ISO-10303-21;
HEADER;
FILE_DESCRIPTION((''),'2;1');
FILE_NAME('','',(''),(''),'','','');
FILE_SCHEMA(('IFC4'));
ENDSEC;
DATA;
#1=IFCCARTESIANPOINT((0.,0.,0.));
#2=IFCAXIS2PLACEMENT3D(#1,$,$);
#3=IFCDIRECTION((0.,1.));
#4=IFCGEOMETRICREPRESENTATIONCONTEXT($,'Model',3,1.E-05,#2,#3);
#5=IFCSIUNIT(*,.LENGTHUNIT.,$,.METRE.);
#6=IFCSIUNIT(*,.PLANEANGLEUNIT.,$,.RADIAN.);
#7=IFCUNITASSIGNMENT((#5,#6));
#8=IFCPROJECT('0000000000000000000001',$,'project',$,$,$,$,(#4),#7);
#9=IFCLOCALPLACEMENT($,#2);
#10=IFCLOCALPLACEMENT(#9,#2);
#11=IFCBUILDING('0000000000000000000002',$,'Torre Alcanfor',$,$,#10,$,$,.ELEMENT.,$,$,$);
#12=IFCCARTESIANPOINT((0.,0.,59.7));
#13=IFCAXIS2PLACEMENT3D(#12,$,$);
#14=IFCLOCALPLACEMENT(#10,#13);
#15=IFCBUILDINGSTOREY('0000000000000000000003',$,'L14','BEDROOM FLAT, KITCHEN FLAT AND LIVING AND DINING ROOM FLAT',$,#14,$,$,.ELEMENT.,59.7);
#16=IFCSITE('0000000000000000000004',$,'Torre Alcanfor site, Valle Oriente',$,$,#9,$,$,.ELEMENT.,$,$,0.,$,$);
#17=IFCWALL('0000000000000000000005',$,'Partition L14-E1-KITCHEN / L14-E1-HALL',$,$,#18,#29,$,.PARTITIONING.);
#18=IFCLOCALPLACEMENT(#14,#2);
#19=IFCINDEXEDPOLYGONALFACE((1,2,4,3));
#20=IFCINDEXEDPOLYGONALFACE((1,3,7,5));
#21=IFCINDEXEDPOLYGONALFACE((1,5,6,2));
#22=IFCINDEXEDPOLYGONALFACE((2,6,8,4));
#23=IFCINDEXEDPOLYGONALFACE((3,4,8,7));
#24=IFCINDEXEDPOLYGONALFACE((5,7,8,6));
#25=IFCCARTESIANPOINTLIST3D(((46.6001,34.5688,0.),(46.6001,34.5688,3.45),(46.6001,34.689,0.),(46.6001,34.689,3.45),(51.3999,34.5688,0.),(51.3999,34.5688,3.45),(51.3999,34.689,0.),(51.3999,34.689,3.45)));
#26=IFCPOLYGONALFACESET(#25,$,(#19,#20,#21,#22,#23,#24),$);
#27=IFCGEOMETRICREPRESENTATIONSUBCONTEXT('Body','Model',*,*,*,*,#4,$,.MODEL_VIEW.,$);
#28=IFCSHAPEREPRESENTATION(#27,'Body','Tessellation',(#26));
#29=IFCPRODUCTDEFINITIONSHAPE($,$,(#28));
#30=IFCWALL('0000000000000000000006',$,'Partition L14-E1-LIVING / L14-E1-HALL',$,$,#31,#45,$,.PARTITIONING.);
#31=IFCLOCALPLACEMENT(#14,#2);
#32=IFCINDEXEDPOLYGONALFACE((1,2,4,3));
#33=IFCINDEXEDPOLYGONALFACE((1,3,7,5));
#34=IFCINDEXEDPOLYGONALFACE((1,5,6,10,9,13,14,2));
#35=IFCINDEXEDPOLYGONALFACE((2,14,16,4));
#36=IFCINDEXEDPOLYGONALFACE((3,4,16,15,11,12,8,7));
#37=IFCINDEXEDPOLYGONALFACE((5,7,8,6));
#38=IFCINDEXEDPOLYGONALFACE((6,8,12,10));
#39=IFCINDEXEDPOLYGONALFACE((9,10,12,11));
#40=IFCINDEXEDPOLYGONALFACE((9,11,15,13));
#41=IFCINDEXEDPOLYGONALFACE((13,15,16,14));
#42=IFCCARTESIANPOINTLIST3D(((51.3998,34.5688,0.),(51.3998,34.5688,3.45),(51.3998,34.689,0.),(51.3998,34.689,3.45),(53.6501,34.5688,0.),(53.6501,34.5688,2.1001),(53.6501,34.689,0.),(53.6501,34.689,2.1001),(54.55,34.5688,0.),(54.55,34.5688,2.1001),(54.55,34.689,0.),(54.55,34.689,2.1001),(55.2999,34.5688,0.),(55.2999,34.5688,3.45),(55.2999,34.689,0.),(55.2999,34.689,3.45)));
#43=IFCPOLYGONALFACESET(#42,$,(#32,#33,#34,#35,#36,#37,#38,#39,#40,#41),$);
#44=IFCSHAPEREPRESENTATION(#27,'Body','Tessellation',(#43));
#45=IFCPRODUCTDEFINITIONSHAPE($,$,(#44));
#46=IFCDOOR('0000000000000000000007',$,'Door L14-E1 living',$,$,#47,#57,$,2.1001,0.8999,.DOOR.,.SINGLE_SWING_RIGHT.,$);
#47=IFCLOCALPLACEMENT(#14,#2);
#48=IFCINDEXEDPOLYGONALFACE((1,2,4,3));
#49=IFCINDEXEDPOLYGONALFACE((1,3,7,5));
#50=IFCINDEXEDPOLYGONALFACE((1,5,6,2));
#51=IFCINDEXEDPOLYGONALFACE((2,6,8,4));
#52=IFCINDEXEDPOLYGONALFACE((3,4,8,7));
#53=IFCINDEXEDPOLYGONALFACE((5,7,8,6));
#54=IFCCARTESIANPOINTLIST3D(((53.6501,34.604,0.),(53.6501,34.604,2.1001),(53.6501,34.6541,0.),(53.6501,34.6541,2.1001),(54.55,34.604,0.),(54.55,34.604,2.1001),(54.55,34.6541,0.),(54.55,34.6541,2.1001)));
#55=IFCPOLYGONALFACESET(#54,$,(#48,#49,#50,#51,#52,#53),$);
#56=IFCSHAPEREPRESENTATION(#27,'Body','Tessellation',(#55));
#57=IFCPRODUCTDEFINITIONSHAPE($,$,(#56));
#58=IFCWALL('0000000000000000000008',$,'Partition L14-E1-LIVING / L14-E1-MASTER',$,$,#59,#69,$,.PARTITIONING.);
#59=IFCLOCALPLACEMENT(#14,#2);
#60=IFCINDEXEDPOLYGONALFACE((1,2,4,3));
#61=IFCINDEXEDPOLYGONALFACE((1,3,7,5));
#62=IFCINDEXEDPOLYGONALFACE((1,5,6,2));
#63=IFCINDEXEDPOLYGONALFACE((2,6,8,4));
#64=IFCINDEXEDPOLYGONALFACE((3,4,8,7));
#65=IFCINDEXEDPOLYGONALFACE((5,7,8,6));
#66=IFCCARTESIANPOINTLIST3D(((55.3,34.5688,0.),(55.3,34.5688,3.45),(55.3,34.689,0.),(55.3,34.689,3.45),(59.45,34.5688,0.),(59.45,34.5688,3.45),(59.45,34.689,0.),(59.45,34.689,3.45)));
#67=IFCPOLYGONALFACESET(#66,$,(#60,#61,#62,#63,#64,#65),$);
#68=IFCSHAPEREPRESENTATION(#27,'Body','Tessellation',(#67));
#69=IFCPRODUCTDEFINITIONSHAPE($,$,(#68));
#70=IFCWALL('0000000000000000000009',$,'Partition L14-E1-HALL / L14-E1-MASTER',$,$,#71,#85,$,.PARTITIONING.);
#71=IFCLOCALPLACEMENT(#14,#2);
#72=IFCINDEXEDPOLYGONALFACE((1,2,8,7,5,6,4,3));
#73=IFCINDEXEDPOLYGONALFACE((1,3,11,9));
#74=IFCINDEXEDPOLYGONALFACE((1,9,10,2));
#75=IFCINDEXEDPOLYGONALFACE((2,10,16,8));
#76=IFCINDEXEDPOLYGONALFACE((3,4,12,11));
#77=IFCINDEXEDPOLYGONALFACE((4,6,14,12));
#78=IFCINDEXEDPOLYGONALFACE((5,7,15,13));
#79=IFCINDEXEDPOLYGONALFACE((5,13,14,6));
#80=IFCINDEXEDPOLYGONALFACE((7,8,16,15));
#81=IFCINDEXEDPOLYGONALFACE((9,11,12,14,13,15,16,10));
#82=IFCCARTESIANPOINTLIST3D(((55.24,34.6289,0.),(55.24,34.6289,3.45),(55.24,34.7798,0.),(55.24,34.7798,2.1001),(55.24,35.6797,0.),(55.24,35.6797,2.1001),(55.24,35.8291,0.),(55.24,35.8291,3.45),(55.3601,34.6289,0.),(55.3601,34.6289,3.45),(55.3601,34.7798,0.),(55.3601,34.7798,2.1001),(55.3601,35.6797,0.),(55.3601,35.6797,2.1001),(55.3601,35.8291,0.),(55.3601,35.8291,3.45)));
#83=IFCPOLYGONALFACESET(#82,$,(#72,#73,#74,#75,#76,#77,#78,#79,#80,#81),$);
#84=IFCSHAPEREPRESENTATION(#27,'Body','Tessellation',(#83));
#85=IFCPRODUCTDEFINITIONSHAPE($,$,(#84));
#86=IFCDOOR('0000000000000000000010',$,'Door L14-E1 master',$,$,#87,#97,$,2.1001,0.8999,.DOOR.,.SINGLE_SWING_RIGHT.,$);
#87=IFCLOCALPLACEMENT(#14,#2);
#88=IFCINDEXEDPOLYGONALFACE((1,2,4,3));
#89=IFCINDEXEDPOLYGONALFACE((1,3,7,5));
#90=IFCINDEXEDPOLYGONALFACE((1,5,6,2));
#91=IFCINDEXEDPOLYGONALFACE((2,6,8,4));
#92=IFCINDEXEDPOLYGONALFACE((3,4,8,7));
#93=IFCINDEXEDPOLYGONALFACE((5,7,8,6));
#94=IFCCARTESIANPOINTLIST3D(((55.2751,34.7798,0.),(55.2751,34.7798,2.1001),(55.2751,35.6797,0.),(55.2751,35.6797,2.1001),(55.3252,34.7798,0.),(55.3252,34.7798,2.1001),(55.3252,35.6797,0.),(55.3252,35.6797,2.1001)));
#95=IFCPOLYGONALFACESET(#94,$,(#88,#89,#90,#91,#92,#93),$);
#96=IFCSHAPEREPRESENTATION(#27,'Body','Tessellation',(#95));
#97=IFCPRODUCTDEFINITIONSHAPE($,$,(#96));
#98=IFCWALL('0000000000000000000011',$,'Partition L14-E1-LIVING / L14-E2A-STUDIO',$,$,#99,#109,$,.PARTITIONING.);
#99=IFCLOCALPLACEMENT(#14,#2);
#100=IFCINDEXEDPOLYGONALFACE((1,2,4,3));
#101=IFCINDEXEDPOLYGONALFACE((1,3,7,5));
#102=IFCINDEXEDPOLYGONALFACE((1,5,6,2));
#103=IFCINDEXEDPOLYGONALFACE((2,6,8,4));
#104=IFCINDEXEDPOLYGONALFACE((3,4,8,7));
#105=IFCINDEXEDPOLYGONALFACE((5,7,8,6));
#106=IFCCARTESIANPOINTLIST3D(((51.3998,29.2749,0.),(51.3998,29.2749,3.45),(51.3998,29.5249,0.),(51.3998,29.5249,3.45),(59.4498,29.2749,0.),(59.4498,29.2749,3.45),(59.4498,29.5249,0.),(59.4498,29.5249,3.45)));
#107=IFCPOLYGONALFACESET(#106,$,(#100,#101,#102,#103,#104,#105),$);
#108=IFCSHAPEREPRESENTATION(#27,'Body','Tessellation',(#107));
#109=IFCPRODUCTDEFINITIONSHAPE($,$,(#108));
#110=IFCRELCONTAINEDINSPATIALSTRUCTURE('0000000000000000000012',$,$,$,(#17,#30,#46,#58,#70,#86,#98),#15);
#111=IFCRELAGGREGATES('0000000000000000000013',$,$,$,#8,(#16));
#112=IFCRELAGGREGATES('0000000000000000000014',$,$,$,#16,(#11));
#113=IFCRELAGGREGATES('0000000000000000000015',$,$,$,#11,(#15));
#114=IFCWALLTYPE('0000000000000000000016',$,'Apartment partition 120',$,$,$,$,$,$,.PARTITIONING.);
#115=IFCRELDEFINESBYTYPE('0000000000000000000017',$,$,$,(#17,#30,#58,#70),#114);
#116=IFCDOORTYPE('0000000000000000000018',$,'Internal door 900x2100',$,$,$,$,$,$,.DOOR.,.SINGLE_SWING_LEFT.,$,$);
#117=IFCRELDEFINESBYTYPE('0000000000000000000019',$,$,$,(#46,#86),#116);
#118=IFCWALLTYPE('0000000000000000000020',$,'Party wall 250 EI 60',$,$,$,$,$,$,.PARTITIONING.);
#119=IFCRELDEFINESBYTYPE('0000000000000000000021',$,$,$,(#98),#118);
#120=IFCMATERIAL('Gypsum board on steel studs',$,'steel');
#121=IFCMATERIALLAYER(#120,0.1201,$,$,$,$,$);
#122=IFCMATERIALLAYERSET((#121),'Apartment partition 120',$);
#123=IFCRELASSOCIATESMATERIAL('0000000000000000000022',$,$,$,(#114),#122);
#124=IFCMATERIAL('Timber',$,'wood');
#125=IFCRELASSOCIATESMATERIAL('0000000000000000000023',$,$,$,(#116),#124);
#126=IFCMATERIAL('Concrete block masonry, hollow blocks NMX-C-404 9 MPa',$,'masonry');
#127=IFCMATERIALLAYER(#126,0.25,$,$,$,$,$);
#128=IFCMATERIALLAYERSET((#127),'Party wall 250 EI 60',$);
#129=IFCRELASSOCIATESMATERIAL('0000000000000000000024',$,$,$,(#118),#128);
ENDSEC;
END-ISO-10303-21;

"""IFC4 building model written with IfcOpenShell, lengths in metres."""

from ifc_helpers import new_model, si_unit, direction, frame, frame_2d, origin, place, context, subcontext, project, spatial, rectangle, extrude, material, layer, layer_set, type_object, element, fill, save


model = new_model("IFC4")

# Units and contexts
model_context = context("Model", 3, precision=1e-05, world=origin(), true_north=direction((0.0, 1.0)))
body_context = subcontext(model_context, "Body", "Model", "MODEL_VIEW")
ifc_project = project(units=[si_unit("LENGTHUNIT", "METRE"), si_unit("PLANEANGLEUNIT", "RADIAN")], contexts=[model_context])

# Site, building, storey
site_placement = place(None, origin())
site = spatial("IfcSite", under=ifc_project, at=site_placement, Name="Torre Alcanfor site, Valle Oriente", CompositionType="ELEMENT", RefElevation=0.0)
building_placement = place(site_placement, origin())
building = spatial("IfcBuilding", under=site, at=building_placement, Name="Torre Alcanfor", CompositionType="ELEMENT")
storey_placement = place(building_placement, frame((0.0, 0.0, 59.7)))
storey = spatial("IfcBuildingStorey", under=building, at=storey_placement, Name="L14", Description="BEDROOM FLAT, KITCHEN FLAT AND LIVING AND DINING ROOM FLAT", CompositionType="ELEMENT", Elevation=59.7)

# Wall
ifc_material_1 = material(Name="Gypsum board on steel studs", Category="steel")
ifc_layer_1 = layer(ifc_material_1, 0.1201)
ifc_layer_set_1 = layer_set([ifc_layer_1], Name="Apartment partition 120")
wall_type_1 = type_object("IfcWallType", Name="Apartment partition 120", PredefinedType="PARTITIONING", material=ifc_layer_set_1)
wall_1_placement = place(storey_placement, frame((51.3999, 34.6289, 0.0), z_axis=(0.0, 0.0, 1.0), x_axis=(-1.0, 0.0, 0.0)))
element("IfcWall", 1, at=wall_1_placement, inside=storey, type_object=wall_type_1, Name="Partition L14-E1-KITCHEN / L14-E1-HALL", PredefinedType="PARTITIONING", context=body_context, shape_type="SweptSolid", body=[
    extrude(rectangle(XDim=4.7998, YDim=0.1201, at=frame_2d((2.3999, 0.0))), origin(), (0.0, 0.0, 1.0), 3.45),
])

# Wall, opening, door
wall_2_placement = place(storey_placement, frame((55.3, 34.6289, 0.0), z_axis=(0.0, 0.0, 1.0), x_axis=(-1.0, 0.0, 0.0)))
wall_2 = element("IfcWall", 2, at=wall_2_placement, inside=storey, type_object=wall_type_1, Name="Partition L14-E1-LIVING / L14-E1-HALL", PredefinedType="PARTITIONING", context=body_context, shape_type="SweptSolid", body=[
    extrude(rectangle(XDim=3.9001, YDim=0.1201, at=frame_2d((1.9502, 0.0))), origin(), (0.0, 0.0, 1.0), 3.45),
])
opening_1_placement = place(wall_2_placement, frame((0.75, 0.0, 0.0)))
opening_1 = element("IfcOpeningElement", 3, at=opening_1_placement, cuts=wall_2, PredefinedType="OPENING", context=body_context, shape_type="SweptSolid", body=[
    extrude(rectangle(XDim=0.8999, YDim=2.1001, at=frame_2d((0.45, 1.05))), frame((0.0, 0.0701, 0.0), z_axis=(0.0, -1.0, 0.0), x_axis=(1.0, 0.0, 0.0)), (0.0, 0.0, 1.0), 0.1401),
])
ifc_material_2 = material(Name="Timber", Category="wood")
door_type = type_object("IfcDoorType", Name="Internal door 900x2100", OperationType="SINGLE_SWING_LEFT", PredefinedType="DOOR", material=ifc_material_2)
door_1_placement = place(opening_1_placement, origin())
door_1 = element("IfcDoor", 4, at=door_1_placement, inside=storey, type_object=door_type, Name="Door L14-E1 living", OperationType="SINGLE_SWING_RIGHT", OverallHeight=2.1001, OverallWidth=0.8999, PredefinedType="DOOR", context=body_context, shape_type="SweptSolid", body=[
    extrude(rectangle(XDim=0.8999, YDim=2.1001, at=frame_2d((0.45, 1.05))), frame((0.0, 0.0249, 0.0), z_axis=(0.0, -1.0, 0.0), x_axis=(1.0, 0.0, 0.0)), (0.0, 0.0, 1.0), 0.05),
])
fill(opening_1, door_1)

# Wall
wall_3_placement = place(storey_placement, frame((59.45, 34.6289, 0.0), z_axis=(0.0, 0.0, 1.0), x_axis=(-1.0, 0.0, 0.0)))
element("IfcWall", 5, at=wall_3_placement, inside=storey, type_object=wall_type_1, Name="Partition L14-E1-LIVING / L14-E1-MASTER", PredefinedType="PARTITIONING", context=body_context, shape_type="SweptSolid", body=[
    extrude(rectangle(XDim=4.1499, YDim=0.1201, at=frame_2d((2.075, 0.0))), origin(), (0.0, 0.0, 1.0), 3.45),
])

# Wall, opening, door
wall_4_placement = place(storey_placement, frame((55.3, 34.6289, 0.0), z_axis=(0.0, 0.0, 1.0), x_axis=(0.0, 1.0, 0.0)))
wall_4 = element("IfcWall", 6, at=wall_4_placement, inside=storey, type_object=wall_type_1, Name="Partition L14-E1-HALL / L14-E1-MASTER", PredefinedType="PARTITIONING", context=body_context, shape_type="SweptSolid", body=[
    extrude(rectangle(XDim=1.2002, YDim=0.1201, at=frame_2d((0.6001, 0.0))), origin(), (0.0, 0.0, 1.0), 3.45),
])
opening_2_placement = place(wall_4_placement, frame((0.1509, 0.0, 0.0)))
opening_2 = element("IfcOpeningElement", 7, at=opening_2_placement, cuts=wall_4, PredefinedType="OPENING", context=body_context, shape_type="SweptSolid", body=[
    extrude(rectangle(XDim=0.8999, YDim=2.1001, at=frame_2d((0.45, 1.05))), frame((0.0, 0.0701, 0.0), z_axis=(0.0, -1.0, 0.0), x_axis=(1.0, 0.0, 0.0)), (0.0, 0.0, 1.0), 0.1401),
])
door_2_placement = place(opening_2_placement, frame((0.8999, 0.0, 0.0), z_axis=(0.0, 0.0, 1.0), x_axis=(-1.0, 0.0, 0.0)))
door_2 = element("IfcDoor", 8, at=door_2_placement, inside=storey, type_object=door_type, Name="Door L14-E1 master", OperationType="SINGLE_SWING_RIGHT", OverallHeight=2.1001, OverallWidth=0.8999, PredefinedType="DOOR", context=body_context, shape_type="SweptSolid", body=[
    extrude(rectangle(XDim=0.8999, YDim=2.1001, at=frame_2d((0.45, 1.05))), frame((0.0, 0.0251, 0.0), z_axis=(0.0, -1.0, 0.0), x_axis=(1.0, 0.0, 0.0)), (0.0, 0.0, 1.0), 0.05),
])
fill(opening_2, door_2)

# Wall
ifc_material_3 = material(Name="Concrete block masonry, hollow blocks NMX-C-404 9 MPa", Category="masonry")
ifc_layer_2 = layer(ifc_material_3, 0.25)
ifc_layer_set_2 = layer_set([ifc_layer_2], Name="Party wall 250 EI 60")
wall_type_2 = type_object("IfcWallType", Name="Party wall 250 EI 60", PredefinedType="PARTITIONING", material=ifc_layer_set_2)
wall_5_placement = place(storey_placement, frame((51.3999, 29.3999, 0.0), z_axis=(0.0, 0.0, 1.0), x_axis=(1.0, 0.0, 0.0)))
element("IfcWall", 9, at=wall_5_placement, inside=storey, type_object=wall_type_2, Name="Partition L14-E1-LIVING / L14-E2A-STUDIO", PredefinedType="PARTITIONING", context=body_context, shape_type="SweptSolid", body=[
    extrude(rectangle(XDim=8.05, YDim=0.25, at=frame_2d((4.0249, 0.0))), origin(), (0.0, 0.0, 1.0), 3.45),
])

save(model, "model.ifc")
